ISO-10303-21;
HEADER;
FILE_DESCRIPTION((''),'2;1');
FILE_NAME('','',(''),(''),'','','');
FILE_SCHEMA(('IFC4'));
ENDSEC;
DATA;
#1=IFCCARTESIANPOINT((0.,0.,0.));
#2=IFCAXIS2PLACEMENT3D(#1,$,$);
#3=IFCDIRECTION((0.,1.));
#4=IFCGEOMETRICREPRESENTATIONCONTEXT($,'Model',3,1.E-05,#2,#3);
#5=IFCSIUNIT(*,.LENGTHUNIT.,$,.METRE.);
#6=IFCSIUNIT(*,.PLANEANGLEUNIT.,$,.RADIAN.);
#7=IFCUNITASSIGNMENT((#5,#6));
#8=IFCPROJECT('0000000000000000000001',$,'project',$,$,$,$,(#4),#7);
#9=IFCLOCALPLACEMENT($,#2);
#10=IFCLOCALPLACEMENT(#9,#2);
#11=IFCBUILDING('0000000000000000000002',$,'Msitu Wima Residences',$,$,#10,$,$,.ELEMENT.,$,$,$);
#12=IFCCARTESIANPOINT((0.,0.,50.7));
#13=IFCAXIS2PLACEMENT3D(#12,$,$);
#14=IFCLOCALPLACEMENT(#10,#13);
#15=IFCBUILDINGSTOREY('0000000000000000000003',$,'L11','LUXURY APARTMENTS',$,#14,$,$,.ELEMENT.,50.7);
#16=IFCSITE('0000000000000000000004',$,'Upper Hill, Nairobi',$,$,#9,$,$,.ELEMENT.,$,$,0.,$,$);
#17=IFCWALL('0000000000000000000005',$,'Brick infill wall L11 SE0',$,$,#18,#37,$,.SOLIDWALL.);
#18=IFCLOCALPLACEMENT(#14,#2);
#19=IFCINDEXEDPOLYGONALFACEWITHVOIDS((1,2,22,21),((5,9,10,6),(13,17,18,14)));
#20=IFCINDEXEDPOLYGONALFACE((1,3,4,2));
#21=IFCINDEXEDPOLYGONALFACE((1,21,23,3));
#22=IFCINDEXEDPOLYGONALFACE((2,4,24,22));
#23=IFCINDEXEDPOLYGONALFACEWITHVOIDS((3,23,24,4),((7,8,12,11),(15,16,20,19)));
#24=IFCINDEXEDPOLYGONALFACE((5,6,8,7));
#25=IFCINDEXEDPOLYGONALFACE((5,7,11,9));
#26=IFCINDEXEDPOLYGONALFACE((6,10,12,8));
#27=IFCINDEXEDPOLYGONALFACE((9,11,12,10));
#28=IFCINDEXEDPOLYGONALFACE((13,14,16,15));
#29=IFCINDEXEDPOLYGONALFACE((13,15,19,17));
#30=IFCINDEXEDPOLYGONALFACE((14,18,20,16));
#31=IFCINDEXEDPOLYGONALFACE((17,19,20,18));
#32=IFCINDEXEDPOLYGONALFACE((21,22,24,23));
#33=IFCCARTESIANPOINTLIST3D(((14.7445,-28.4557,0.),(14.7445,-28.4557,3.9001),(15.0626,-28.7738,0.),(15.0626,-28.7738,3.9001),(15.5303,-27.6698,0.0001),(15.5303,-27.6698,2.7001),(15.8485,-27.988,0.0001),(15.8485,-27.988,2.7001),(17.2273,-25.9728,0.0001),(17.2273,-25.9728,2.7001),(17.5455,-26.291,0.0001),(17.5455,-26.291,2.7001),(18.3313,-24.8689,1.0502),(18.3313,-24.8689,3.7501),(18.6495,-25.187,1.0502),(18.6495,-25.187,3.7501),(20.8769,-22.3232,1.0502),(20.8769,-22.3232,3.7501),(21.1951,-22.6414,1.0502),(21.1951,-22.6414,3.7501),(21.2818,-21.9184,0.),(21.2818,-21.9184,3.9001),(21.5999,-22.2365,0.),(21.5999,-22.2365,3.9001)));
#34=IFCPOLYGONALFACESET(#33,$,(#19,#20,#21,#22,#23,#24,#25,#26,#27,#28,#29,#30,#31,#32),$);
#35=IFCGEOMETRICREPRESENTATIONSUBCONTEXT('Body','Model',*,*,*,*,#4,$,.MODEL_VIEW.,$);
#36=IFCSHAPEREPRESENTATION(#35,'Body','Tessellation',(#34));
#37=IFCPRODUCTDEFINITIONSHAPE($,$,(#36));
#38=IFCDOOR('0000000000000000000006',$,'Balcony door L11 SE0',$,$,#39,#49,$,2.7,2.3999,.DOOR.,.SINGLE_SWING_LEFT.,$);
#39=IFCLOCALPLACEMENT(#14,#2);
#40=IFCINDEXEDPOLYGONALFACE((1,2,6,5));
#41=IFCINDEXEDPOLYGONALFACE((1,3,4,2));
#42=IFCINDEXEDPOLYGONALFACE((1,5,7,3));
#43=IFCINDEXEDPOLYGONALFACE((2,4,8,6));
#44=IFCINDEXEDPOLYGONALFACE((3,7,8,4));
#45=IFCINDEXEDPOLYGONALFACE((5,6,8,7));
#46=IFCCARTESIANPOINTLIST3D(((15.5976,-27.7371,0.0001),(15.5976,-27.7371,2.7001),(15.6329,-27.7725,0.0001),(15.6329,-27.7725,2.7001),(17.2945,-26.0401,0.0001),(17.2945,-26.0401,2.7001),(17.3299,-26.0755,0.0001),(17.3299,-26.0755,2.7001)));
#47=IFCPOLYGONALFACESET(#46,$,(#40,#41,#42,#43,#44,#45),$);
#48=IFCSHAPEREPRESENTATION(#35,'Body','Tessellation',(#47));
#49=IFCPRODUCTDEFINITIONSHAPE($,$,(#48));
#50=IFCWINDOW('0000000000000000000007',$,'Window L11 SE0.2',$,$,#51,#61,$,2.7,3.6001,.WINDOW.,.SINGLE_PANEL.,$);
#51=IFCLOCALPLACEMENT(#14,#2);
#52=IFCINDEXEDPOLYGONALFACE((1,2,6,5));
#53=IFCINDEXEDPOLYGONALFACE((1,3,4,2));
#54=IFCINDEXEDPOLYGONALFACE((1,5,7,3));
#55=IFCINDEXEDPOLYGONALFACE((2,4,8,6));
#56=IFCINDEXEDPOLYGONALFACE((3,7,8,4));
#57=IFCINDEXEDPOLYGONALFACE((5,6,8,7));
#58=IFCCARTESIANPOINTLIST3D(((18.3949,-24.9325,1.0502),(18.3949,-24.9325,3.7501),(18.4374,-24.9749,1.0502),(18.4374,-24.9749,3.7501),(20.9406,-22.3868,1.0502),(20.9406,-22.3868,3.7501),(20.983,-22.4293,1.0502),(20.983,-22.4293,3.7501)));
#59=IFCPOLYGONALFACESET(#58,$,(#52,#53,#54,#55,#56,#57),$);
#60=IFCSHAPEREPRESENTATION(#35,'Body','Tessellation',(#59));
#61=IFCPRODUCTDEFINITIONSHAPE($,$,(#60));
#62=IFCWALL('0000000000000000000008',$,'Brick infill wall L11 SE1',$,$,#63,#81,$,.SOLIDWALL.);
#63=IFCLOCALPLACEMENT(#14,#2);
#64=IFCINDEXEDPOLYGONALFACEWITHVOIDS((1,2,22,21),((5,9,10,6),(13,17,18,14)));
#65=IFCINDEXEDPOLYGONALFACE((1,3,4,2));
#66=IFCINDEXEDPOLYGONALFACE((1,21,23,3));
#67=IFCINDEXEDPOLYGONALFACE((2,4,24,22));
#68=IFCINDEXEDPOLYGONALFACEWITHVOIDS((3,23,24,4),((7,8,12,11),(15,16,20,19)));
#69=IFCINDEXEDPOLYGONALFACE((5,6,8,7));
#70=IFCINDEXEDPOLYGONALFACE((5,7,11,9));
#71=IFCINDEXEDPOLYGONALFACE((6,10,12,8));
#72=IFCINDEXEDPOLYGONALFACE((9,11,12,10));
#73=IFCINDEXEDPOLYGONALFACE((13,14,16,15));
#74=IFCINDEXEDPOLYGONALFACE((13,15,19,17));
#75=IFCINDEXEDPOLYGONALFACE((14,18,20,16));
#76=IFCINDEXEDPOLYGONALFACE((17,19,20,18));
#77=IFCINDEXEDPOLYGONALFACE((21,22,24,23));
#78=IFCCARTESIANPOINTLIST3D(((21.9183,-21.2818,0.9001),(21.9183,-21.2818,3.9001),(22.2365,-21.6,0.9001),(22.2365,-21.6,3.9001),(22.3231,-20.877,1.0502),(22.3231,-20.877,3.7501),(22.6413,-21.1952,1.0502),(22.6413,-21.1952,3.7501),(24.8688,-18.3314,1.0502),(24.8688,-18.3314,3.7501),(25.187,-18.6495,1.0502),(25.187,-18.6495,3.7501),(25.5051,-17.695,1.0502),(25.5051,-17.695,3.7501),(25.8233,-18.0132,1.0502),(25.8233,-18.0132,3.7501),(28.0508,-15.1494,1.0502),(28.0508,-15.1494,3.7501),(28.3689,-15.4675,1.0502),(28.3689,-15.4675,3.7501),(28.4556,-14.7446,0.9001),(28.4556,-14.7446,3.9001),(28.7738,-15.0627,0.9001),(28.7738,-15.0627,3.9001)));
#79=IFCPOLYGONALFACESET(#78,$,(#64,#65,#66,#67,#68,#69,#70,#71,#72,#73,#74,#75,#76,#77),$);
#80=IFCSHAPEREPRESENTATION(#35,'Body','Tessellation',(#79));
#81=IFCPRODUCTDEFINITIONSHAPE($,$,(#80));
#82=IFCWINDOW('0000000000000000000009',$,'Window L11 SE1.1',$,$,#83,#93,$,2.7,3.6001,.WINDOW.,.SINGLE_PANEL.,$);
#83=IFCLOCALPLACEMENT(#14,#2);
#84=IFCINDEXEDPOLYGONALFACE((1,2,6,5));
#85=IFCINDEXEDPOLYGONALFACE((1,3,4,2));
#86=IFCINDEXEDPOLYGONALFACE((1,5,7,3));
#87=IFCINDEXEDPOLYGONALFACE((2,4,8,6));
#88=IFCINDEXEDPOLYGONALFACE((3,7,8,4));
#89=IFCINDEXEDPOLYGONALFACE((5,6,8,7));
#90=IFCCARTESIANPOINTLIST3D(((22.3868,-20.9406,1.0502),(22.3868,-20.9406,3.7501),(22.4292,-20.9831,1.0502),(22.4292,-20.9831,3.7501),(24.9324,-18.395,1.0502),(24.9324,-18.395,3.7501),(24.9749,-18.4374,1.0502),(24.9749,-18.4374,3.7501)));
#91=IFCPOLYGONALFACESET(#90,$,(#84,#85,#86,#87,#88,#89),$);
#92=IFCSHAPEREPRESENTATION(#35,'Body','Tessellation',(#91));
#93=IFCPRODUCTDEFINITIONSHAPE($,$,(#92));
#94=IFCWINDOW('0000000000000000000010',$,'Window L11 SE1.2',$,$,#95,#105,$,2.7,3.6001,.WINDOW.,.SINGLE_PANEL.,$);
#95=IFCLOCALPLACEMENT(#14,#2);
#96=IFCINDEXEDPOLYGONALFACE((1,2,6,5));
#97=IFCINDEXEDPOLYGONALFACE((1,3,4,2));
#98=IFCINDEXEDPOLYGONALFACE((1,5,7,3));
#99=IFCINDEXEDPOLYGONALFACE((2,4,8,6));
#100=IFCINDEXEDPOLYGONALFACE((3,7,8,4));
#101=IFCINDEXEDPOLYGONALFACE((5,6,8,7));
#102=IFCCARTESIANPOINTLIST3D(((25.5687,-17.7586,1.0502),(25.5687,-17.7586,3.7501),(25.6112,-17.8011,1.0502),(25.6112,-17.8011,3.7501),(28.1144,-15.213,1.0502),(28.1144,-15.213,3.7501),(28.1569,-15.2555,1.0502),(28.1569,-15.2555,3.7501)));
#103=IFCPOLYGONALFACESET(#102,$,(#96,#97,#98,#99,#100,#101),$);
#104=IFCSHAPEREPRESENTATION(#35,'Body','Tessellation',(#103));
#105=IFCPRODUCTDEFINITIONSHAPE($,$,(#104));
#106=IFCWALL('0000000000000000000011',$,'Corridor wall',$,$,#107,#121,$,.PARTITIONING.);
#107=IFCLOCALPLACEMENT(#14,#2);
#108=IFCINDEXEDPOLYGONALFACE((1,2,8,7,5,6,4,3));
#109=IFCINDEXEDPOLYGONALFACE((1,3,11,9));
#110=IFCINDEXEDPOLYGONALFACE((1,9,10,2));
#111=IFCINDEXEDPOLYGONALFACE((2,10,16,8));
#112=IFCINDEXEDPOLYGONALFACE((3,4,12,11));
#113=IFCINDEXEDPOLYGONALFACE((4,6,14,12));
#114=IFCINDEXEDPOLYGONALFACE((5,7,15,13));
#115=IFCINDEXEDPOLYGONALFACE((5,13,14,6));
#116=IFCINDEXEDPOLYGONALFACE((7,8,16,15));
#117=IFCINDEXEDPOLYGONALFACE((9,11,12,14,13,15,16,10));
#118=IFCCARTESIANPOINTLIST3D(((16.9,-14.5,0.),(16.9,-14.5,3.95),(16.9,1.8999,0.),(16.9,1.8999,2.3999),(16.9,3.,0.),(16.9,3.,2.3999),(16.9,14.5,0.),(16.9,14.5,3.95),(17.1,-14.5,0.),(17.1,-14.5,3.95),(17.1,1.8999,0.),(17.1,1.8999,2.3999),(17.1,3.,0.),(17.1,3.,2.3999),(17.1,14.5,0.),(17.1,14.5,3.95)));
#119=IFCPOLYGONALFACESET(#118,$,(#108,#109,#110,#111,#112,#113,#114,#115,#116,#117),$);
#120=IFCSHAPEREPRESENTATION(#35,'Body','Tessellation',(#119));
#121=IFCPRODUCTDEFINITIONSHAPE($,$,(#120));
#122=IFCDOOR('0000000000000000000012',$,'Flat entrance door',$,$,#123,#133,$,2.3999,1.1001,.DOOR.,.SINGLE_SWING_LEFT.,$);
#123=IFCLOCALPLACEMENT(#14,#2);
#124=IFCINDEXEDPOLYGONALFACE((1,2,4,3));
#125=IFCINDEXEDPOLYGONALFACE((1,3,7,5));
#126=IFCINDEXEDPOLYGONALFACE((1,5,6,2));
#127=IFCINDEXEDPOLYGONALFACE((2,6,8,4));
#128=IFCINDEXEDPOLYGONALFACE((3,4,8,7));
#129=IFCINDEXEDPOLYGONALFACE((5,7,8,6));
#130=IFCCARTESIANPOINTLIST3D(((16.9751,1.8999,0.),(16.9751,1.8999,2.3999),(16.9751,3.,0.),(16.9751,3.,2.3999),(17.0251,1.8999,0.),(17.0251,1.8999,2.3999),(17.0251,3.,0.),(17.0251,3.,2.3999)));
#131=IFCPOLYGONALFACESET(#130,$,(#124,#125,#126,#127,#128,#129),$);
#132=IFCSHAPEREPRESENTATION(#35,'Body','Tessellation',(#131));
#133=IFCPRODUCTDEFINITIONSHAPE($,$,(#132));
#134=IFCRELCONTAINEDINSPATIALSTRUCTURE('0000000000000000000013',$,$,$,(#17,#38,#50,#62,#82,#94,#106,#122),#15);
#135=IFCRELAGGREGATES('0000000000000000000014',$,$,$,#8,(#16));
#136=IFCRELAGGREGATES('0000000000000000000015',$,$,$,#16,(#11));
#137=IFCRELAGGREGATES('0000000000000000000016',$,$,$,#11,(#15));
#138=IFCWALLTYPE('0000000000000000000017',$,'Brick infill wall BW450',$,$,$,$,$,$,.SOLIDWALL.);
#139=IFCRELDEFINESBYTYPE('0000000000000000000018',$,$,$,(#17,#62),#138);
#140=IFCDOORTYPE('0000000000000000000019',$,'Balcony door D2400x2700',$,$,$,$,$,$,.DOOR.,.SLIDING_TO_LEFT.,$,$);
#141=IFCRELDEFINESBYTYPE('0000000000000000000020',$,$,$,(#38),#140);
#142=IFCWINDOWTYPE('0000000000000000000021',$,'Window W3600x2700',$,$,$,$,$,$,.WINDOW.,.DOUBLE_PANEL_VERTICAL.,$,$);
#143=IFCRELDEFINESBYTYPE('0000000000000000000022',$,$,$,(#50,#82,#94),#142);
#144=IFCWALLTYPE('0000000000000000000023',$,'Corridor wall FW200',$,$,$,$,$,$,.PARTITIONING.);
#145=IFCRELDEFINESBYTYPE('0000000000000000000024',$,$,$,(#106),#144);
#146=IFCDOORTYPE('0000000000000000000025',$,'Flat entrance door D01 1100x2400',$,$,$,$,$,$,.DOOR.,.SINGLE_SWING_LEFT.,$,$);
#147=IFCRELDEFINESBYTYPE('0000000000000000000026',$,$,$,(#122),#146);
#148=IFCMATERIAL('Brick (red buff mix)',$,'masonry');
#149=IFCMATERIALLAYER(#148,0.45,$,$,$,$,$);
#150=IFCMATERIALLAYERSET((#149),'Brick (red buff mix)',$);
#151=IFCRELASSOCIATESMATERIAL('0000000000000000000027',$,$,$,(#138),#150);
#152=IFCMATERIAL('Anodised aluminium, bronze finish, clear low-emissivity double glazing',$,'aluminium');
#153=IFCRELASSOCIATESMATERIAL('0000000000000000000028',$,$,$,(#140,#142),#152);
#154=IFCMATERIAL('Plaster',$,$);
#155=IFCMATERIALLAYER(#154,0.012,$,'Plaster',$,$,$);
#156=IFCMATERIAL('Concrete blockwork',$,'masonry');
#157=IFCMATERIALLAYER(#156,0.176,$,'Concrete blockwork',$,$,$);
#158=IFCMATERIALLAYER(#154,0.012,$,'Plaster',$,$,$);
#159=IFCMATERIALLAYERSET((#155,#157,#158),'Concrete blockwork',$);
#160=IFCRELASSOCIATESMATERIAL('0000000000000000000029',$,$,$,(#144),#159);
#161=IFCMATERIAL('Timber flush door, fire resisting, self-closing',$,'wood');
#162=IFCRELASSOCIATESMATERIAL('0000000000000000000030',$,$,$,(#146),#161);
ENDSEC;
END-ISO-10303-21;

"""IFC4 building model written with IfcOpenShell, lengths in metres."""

from ifc_helpers import new_model, si_unit, direction, frame, frame_2d, origin, place, context, subcontext, project, spatial, rectangle, extrude, material, layer, layer_set, type_object, element, fill, save


model = new_model("IFC4")

# Units and contexts
model_context = context("Model", 3, precision=1e-05, world=origin(), true_north=direction((0.0, 1.0)))
body_context = subcontext(model_context, "Body", "Model", "MODEL_VIEW")
ifc_project = project(units=[si_unit("LENGTHUNIT", "METRE"), si_unit("PLANEANGLEUNIT", "RADIAN")], contexts=[model_context])

# Site, building, storey
site_placement = place(None, origin())
site = spatial("IfcSite", under=ifc_project, at=site_placement, Name="Upper Hill, Nairobi", CompositionType="ELEMENT", RefElevation=0.0)
building_placement = place(site_placement, origin())
building = spatial("IfcBuilding", under=site, at=building_placement, Name="Msitu Wima Residences", CompositionType="ELEMENT")
storey_placement = place(building_placement, frame((0.0, 0.0, 50.7)))
storey = spatial("IfcBuildingStorey", under=building, at=storey_placement, Name="L11", Description="LUXURY APARTMENTS", CompositionType="ELEMENT", Elevation=50.7)

# Wall, openings, door, window
ifc_material_1 = material(Name="Brick (red buff mix)", Category="masonry")
ifc_layer_1 = layer(ifc_material_1, 0.45)
ifc_layer_set_1 = layer_set([ifc_layer_1], Name="Brick (red buff mix)")
wall_type_1 = type_object("IfcWallType", Name="Brick infill wall BW450", PredefinedType="SOLIDWALL", material=ifc_layer_set_1)
wall_1_placement = place(storey_placement, frame((14.9036, -28.6147, 0.0), z_axis=(0.0, 0.0, 1.0), x_axis=(0.707107, 0.707107, 0.0)))
wall_1 = element("IfcWall", 1, at=wall_1_placement, inside=storey, type_object=wall_type_1, Name="Brick infill wall L11 SE0", PredefinedType="SOLIDWALL", context=body_context, shape_type="SweptSolid", body=[
    extrude(rectangle(XDim=9.2451, YDim=0.45, at=frame_2d((4.6226, 0.0))), origin(), (0.0, 0.0, 1.0), 3.9001),
])
opening_1_placement = place(wall_1_placement, frame((1.1113, 0.0, 0.0)))
opening_1 = element("IfcOpeningElement", 2, at=opening_1_placement, cuts=wall_1, PredefinedType="OPENING", context=body_context, shape_type="SweptSolid", body=[
    extrude(rectangle(XDim=2.3999, YDim=2.7, at=frame_2d((1.2, 1.3501))), frame((0.0, 0.2349, 0.0), z_axis=(0.0, -1.0, 0.0), x_axis=(1.0, 0.0, 0.0)), (0.0, 0.0, 1.0), 0.47),
])
opening_2_placement = place(wall_1_placement, frame((5.0725, 0.0, 1.05)))
opening_2 = element("IfcOpeningElement", 3, at=opening_2_placement, cuts=wall_1, PredefinedType="OPENING", context=body_context, shape_type="SweptSolid", body=[
    extrude(rectangle(XDim=3.6001, YDim=2.7, at=frame_2d((1.8, 1.3501))), frame((0.0, 0.2349, 0.0), z_axis=(0.0, -1.0, 0.0), x_axis=(1.0, 0.0, 0.0)), (0.0, 0.0, 1.0), 0.47),
])
ifc_material_2 = material(Name="Anodised aluminium, bronze finish, clear low-emissivity double glazing", Category="aluminium")
door_type_1 = type_object("IfcDoorType", Name="Balcony door D2400x2700", OperationType="SLIDING_TO_LEFT", PredefinedType="DOOR", material=ifc_material_2)
door_1_placement = place(opening_1_placement, origin())
door_1 = element("IfcDoor", 4, at=door_1_placement, inside=storey, type_object=door_type_1, Name="Balcony door L11 SE0", OperationType="SINGLE_SWING_LEFT", OverallHeight=2.7, OverallWidth=2.3999, PredefinedType="DOOR", context=body_context, shape_type="SweptSolid", body=[
    extrude(rectangle(XDim=2.3999, YDim=2.7, at=frame_2d((1.2, 1.3501))), frame((0.0, 0.1299, 0.0), z_axis=(0.0, -1.0, 0.0), x_axis=(1.0, 0.0, 0.0)), (0.0, 0.0, 1.0), 0.05),
])
fill(opening_1, door_1)
window_type = type_object("IfcWindowType", Name="Window W3600x2700", PartitioningType="DOUBLE_PANEL_VERTICAL", PredefinedType="WINDOW", material=ifc_material_2)
window_1_placement = place(opening_2_placement, origin())
window_1 = element("IfcWindow", 5, at=window_1_placement, inside=storey, type_object=window_type, Name="Window L11 SE0.2", OverallHeight=2.7, OverallWidth=3.6001, PartitioningType="SINGLE_PANEL", PredefinedType="WINDOW", context=body_context, shape_type="SweptSolid", body=[
    extrude(rectangle(XDim=3.6001, YDim=2.7, at=frame_2d((1.8, 1.3501))), frame((0.0, 0.135, 0.0), z_axis=(0.0, -1.0, 0.0), x_axis=(1.0, 0.0, 0.0)), (0.0, 0.0, 1.0), 0.0601),
])
fill(opening_2, window_1)

# Wall, openings, windows
wall_2_placement = place(storey_placement, frame((22.0774, -21.4409, 0.9001), z_axis=(0.0, 0.0, 1.0), x_axis=(0.707107, 0.707107, 0.0)))
wall_2 = element("IfcWall", 6, at=wall_2_placement, inside=storey, type_object=wall_type_1, Name="Brick infill wall L11 SE1", PredefinedType="SOLIDWALL", context=body_context, shape_type="SweptSolid", body=[
    extrude(rectangle(XDim=9.2451, YDim=0.45, at=frame_2d((4.6226, 0.0))), origin(), (0.0, 0.0, 1.0), 3.0),
])
opening_3_placement = place(wall_2_placement, frame((0.5725, 0.0, 0.1499)))
opening_3 = element("IfcOpeningElement", 7, at=opening_3_placement, cuts=wall_2, PredefinedType="OPENING", context=body_context, shape_type="SweptSolid", body=[
    extrude(rectangle(XDim=3.6001, YDim=2.7, at=frame_2d((1.8, 1.3501))), frame((0.0, 0.2349, 0.0), z_axis=(0.0, -1.0, 0.0), x_axis=(1.0, 0.0, 0.0)), (0.0, 0.0, 1.0), 0.47),
])
opening_4_placement = place(wall_2_placement, frame((5.0725, 0.0, 0.1499)))
opening_4 = element("IfcOpeningElement", 8, at=opening_4_placement, cuts=wall_2, PredefinedType="OPENING", context=body_context, shape_type="SweptSolid", body=[
    extrude(rectangle(XDim=3.6001, YDim=2.7, at=frame_2d((1.8, 1.3501))), frame((0.0, 0.2349, 0.0), z_axis=(0.0, -1.0, 0.0), x_axis=(1.0, 0.0, 0.0)), (0.0, 0.0, 1.0), 0.47),
])
window_2_placement = place(opening_3_placement, origin())
window_2 = element("IfcWindow", 9, at=window_2_placement, inside=storey, type_object=window_type, Name="Window L11 SE1.1", OverallHeight=2.7, OverallWidth=3.6001, PartitioningType="SINGLE_PANEL", PredefinedType="WINDOW", context=body_context, shape_type="SweptSolid", body=[
    extrude(rectangle(XDim=3.6001, YDim=2.7, at=frame_2d((1.8, 1.3501))), frame((0.0, 0.135, 0.0), z_axis=(0.0, -1.0, 0.0), x_axis=(1.0, 0.0, 0.0)), (0.0, 0.0, 1.0), 0.0601),
])
fill(opening_3, window_2)
window_3_placement = place(opening_4_placement, origin())
window_3 = element("IfcWindow", 10, at=window_3_placement, inside=storey, type_object=window_type, Name="Window L11 SE1.2", OverallHeight=2.7, OverallWidth=3.6001, PartitioningType="SINGLE_PANEL", PredefinedType="WINDOW", context=body_context, shape_type="SweptSolid", body=[
    extrude(rectangle(XDim=3.6001, YDim=2.7, at=frame_2d((1.8, 1.3501))), frame((0.0, 0.135, 0.0), z_axis=(0.0, -1.0, 0.0), x_axis=(1.0, 0.0, 0.0)), (0.0, 0.0, 1.0), 0.0601),
])
fill(opening_4, window_3)

# Wall, opening, door
ifc_material_3 = material(Name="Plaster")
ifc_layer_2 = layer(ifc_material_3, 0.012, Name="Plaster")
ifc_material_4 = material(Name="Concrete blockwork", Category="masonry")
ifc_layer_3 = layer(ifc_material_4, 0.176, Name="Concrete blockwork")
ifc_layer_4 = layer(ifc_material_3, 0.012, Name="Plaster")
ifc_layer_set_2 = layer_set([ifc_layer_2, ifc_layer_3, ifc_layer_4], Name="Concrete blockwork")
wall_type_2 = type_object("IfcWallType", Name="Corridor wall FW200", PredefinedType="PARTITIONING", material=ifc_layer_set_2)
wall_3_placement = place(storey_placement, frame((17.0, -14.5, 0.0), z_axis=(0.0, 0.0, 1.0), x_axis=(0.0, 1.0, 0.0)))
wall_3 = element("IfcWall", 11, at=wall_3_placement, inside=storey, type_object=wall_type_2, Name="Corridor wall", PredefinedType="PARTITIONING", context=body_context, shape_type="SweptSolid", body=[
    extrude(rectangle(XDim=29.0, YDim=0.2, at=frame_2d((14.5, 0.0))), origin(), (0.0, 0.0, 1.0), 3.95),
])
opening_5_placement = place(wall_3_placement, frame((16.3999, 0.0, 0.0)))
opening_5 = element("IfcOpeningElement", 12, at=opening_5_placement, cuts=wall_3, PredefinedType="OPENING", context=body_context, shape_type="SweptSolid", body=[
    extrude(rectangle(XDim=1.1001, YDim=2.3999, at=frame_2d((0.55, 1.2))), frame((0.0, 0.1099, 0.0), z_axis=(0.0, -1.0, 0.0), x_axis=(1.0, 0.0, 0.0)), (0.0, 0.0, 1.0), 0.22),
])
ifc_material_5 = material(Name="Timber flush door, fire resisting, self-closing", Category="wood")
door_type_2 = type_object("IfcDoorType", Name="Flat entrance door D01 1100x2400", OperationType="SINGLE_SWING_LEFT", PredefinedType="DOOR", material=ifc_material_5)
door_2_placement = place(opening_5_placement, origin())
door_2 = element("IfcDoor", 13, at=door_2_placement, inside=storey, type_object=door_type_2, Name="Flat entrance door", OperationType="SINGLE_SWING_LEFT", OverallHeight=2.3999, OverallWidth=1.1001, PredefinedType="DOOR", context=body_context, shape_type="SweptSolid", body=[
    extrude(rectangle(XDim=1.1001, YDim=2.3999, at=frame_2d((0.55, 1.2))), frame((0.0, 0.0249, 0.0), z_axis=(0.0, -1.0, 0.0), x_axis=(1.0, 0.0, 0.0)), (0.0, 0.0, 1.0), 0.05),
])
fill(opening_5, door_2)

save(model, "model.ifc")
